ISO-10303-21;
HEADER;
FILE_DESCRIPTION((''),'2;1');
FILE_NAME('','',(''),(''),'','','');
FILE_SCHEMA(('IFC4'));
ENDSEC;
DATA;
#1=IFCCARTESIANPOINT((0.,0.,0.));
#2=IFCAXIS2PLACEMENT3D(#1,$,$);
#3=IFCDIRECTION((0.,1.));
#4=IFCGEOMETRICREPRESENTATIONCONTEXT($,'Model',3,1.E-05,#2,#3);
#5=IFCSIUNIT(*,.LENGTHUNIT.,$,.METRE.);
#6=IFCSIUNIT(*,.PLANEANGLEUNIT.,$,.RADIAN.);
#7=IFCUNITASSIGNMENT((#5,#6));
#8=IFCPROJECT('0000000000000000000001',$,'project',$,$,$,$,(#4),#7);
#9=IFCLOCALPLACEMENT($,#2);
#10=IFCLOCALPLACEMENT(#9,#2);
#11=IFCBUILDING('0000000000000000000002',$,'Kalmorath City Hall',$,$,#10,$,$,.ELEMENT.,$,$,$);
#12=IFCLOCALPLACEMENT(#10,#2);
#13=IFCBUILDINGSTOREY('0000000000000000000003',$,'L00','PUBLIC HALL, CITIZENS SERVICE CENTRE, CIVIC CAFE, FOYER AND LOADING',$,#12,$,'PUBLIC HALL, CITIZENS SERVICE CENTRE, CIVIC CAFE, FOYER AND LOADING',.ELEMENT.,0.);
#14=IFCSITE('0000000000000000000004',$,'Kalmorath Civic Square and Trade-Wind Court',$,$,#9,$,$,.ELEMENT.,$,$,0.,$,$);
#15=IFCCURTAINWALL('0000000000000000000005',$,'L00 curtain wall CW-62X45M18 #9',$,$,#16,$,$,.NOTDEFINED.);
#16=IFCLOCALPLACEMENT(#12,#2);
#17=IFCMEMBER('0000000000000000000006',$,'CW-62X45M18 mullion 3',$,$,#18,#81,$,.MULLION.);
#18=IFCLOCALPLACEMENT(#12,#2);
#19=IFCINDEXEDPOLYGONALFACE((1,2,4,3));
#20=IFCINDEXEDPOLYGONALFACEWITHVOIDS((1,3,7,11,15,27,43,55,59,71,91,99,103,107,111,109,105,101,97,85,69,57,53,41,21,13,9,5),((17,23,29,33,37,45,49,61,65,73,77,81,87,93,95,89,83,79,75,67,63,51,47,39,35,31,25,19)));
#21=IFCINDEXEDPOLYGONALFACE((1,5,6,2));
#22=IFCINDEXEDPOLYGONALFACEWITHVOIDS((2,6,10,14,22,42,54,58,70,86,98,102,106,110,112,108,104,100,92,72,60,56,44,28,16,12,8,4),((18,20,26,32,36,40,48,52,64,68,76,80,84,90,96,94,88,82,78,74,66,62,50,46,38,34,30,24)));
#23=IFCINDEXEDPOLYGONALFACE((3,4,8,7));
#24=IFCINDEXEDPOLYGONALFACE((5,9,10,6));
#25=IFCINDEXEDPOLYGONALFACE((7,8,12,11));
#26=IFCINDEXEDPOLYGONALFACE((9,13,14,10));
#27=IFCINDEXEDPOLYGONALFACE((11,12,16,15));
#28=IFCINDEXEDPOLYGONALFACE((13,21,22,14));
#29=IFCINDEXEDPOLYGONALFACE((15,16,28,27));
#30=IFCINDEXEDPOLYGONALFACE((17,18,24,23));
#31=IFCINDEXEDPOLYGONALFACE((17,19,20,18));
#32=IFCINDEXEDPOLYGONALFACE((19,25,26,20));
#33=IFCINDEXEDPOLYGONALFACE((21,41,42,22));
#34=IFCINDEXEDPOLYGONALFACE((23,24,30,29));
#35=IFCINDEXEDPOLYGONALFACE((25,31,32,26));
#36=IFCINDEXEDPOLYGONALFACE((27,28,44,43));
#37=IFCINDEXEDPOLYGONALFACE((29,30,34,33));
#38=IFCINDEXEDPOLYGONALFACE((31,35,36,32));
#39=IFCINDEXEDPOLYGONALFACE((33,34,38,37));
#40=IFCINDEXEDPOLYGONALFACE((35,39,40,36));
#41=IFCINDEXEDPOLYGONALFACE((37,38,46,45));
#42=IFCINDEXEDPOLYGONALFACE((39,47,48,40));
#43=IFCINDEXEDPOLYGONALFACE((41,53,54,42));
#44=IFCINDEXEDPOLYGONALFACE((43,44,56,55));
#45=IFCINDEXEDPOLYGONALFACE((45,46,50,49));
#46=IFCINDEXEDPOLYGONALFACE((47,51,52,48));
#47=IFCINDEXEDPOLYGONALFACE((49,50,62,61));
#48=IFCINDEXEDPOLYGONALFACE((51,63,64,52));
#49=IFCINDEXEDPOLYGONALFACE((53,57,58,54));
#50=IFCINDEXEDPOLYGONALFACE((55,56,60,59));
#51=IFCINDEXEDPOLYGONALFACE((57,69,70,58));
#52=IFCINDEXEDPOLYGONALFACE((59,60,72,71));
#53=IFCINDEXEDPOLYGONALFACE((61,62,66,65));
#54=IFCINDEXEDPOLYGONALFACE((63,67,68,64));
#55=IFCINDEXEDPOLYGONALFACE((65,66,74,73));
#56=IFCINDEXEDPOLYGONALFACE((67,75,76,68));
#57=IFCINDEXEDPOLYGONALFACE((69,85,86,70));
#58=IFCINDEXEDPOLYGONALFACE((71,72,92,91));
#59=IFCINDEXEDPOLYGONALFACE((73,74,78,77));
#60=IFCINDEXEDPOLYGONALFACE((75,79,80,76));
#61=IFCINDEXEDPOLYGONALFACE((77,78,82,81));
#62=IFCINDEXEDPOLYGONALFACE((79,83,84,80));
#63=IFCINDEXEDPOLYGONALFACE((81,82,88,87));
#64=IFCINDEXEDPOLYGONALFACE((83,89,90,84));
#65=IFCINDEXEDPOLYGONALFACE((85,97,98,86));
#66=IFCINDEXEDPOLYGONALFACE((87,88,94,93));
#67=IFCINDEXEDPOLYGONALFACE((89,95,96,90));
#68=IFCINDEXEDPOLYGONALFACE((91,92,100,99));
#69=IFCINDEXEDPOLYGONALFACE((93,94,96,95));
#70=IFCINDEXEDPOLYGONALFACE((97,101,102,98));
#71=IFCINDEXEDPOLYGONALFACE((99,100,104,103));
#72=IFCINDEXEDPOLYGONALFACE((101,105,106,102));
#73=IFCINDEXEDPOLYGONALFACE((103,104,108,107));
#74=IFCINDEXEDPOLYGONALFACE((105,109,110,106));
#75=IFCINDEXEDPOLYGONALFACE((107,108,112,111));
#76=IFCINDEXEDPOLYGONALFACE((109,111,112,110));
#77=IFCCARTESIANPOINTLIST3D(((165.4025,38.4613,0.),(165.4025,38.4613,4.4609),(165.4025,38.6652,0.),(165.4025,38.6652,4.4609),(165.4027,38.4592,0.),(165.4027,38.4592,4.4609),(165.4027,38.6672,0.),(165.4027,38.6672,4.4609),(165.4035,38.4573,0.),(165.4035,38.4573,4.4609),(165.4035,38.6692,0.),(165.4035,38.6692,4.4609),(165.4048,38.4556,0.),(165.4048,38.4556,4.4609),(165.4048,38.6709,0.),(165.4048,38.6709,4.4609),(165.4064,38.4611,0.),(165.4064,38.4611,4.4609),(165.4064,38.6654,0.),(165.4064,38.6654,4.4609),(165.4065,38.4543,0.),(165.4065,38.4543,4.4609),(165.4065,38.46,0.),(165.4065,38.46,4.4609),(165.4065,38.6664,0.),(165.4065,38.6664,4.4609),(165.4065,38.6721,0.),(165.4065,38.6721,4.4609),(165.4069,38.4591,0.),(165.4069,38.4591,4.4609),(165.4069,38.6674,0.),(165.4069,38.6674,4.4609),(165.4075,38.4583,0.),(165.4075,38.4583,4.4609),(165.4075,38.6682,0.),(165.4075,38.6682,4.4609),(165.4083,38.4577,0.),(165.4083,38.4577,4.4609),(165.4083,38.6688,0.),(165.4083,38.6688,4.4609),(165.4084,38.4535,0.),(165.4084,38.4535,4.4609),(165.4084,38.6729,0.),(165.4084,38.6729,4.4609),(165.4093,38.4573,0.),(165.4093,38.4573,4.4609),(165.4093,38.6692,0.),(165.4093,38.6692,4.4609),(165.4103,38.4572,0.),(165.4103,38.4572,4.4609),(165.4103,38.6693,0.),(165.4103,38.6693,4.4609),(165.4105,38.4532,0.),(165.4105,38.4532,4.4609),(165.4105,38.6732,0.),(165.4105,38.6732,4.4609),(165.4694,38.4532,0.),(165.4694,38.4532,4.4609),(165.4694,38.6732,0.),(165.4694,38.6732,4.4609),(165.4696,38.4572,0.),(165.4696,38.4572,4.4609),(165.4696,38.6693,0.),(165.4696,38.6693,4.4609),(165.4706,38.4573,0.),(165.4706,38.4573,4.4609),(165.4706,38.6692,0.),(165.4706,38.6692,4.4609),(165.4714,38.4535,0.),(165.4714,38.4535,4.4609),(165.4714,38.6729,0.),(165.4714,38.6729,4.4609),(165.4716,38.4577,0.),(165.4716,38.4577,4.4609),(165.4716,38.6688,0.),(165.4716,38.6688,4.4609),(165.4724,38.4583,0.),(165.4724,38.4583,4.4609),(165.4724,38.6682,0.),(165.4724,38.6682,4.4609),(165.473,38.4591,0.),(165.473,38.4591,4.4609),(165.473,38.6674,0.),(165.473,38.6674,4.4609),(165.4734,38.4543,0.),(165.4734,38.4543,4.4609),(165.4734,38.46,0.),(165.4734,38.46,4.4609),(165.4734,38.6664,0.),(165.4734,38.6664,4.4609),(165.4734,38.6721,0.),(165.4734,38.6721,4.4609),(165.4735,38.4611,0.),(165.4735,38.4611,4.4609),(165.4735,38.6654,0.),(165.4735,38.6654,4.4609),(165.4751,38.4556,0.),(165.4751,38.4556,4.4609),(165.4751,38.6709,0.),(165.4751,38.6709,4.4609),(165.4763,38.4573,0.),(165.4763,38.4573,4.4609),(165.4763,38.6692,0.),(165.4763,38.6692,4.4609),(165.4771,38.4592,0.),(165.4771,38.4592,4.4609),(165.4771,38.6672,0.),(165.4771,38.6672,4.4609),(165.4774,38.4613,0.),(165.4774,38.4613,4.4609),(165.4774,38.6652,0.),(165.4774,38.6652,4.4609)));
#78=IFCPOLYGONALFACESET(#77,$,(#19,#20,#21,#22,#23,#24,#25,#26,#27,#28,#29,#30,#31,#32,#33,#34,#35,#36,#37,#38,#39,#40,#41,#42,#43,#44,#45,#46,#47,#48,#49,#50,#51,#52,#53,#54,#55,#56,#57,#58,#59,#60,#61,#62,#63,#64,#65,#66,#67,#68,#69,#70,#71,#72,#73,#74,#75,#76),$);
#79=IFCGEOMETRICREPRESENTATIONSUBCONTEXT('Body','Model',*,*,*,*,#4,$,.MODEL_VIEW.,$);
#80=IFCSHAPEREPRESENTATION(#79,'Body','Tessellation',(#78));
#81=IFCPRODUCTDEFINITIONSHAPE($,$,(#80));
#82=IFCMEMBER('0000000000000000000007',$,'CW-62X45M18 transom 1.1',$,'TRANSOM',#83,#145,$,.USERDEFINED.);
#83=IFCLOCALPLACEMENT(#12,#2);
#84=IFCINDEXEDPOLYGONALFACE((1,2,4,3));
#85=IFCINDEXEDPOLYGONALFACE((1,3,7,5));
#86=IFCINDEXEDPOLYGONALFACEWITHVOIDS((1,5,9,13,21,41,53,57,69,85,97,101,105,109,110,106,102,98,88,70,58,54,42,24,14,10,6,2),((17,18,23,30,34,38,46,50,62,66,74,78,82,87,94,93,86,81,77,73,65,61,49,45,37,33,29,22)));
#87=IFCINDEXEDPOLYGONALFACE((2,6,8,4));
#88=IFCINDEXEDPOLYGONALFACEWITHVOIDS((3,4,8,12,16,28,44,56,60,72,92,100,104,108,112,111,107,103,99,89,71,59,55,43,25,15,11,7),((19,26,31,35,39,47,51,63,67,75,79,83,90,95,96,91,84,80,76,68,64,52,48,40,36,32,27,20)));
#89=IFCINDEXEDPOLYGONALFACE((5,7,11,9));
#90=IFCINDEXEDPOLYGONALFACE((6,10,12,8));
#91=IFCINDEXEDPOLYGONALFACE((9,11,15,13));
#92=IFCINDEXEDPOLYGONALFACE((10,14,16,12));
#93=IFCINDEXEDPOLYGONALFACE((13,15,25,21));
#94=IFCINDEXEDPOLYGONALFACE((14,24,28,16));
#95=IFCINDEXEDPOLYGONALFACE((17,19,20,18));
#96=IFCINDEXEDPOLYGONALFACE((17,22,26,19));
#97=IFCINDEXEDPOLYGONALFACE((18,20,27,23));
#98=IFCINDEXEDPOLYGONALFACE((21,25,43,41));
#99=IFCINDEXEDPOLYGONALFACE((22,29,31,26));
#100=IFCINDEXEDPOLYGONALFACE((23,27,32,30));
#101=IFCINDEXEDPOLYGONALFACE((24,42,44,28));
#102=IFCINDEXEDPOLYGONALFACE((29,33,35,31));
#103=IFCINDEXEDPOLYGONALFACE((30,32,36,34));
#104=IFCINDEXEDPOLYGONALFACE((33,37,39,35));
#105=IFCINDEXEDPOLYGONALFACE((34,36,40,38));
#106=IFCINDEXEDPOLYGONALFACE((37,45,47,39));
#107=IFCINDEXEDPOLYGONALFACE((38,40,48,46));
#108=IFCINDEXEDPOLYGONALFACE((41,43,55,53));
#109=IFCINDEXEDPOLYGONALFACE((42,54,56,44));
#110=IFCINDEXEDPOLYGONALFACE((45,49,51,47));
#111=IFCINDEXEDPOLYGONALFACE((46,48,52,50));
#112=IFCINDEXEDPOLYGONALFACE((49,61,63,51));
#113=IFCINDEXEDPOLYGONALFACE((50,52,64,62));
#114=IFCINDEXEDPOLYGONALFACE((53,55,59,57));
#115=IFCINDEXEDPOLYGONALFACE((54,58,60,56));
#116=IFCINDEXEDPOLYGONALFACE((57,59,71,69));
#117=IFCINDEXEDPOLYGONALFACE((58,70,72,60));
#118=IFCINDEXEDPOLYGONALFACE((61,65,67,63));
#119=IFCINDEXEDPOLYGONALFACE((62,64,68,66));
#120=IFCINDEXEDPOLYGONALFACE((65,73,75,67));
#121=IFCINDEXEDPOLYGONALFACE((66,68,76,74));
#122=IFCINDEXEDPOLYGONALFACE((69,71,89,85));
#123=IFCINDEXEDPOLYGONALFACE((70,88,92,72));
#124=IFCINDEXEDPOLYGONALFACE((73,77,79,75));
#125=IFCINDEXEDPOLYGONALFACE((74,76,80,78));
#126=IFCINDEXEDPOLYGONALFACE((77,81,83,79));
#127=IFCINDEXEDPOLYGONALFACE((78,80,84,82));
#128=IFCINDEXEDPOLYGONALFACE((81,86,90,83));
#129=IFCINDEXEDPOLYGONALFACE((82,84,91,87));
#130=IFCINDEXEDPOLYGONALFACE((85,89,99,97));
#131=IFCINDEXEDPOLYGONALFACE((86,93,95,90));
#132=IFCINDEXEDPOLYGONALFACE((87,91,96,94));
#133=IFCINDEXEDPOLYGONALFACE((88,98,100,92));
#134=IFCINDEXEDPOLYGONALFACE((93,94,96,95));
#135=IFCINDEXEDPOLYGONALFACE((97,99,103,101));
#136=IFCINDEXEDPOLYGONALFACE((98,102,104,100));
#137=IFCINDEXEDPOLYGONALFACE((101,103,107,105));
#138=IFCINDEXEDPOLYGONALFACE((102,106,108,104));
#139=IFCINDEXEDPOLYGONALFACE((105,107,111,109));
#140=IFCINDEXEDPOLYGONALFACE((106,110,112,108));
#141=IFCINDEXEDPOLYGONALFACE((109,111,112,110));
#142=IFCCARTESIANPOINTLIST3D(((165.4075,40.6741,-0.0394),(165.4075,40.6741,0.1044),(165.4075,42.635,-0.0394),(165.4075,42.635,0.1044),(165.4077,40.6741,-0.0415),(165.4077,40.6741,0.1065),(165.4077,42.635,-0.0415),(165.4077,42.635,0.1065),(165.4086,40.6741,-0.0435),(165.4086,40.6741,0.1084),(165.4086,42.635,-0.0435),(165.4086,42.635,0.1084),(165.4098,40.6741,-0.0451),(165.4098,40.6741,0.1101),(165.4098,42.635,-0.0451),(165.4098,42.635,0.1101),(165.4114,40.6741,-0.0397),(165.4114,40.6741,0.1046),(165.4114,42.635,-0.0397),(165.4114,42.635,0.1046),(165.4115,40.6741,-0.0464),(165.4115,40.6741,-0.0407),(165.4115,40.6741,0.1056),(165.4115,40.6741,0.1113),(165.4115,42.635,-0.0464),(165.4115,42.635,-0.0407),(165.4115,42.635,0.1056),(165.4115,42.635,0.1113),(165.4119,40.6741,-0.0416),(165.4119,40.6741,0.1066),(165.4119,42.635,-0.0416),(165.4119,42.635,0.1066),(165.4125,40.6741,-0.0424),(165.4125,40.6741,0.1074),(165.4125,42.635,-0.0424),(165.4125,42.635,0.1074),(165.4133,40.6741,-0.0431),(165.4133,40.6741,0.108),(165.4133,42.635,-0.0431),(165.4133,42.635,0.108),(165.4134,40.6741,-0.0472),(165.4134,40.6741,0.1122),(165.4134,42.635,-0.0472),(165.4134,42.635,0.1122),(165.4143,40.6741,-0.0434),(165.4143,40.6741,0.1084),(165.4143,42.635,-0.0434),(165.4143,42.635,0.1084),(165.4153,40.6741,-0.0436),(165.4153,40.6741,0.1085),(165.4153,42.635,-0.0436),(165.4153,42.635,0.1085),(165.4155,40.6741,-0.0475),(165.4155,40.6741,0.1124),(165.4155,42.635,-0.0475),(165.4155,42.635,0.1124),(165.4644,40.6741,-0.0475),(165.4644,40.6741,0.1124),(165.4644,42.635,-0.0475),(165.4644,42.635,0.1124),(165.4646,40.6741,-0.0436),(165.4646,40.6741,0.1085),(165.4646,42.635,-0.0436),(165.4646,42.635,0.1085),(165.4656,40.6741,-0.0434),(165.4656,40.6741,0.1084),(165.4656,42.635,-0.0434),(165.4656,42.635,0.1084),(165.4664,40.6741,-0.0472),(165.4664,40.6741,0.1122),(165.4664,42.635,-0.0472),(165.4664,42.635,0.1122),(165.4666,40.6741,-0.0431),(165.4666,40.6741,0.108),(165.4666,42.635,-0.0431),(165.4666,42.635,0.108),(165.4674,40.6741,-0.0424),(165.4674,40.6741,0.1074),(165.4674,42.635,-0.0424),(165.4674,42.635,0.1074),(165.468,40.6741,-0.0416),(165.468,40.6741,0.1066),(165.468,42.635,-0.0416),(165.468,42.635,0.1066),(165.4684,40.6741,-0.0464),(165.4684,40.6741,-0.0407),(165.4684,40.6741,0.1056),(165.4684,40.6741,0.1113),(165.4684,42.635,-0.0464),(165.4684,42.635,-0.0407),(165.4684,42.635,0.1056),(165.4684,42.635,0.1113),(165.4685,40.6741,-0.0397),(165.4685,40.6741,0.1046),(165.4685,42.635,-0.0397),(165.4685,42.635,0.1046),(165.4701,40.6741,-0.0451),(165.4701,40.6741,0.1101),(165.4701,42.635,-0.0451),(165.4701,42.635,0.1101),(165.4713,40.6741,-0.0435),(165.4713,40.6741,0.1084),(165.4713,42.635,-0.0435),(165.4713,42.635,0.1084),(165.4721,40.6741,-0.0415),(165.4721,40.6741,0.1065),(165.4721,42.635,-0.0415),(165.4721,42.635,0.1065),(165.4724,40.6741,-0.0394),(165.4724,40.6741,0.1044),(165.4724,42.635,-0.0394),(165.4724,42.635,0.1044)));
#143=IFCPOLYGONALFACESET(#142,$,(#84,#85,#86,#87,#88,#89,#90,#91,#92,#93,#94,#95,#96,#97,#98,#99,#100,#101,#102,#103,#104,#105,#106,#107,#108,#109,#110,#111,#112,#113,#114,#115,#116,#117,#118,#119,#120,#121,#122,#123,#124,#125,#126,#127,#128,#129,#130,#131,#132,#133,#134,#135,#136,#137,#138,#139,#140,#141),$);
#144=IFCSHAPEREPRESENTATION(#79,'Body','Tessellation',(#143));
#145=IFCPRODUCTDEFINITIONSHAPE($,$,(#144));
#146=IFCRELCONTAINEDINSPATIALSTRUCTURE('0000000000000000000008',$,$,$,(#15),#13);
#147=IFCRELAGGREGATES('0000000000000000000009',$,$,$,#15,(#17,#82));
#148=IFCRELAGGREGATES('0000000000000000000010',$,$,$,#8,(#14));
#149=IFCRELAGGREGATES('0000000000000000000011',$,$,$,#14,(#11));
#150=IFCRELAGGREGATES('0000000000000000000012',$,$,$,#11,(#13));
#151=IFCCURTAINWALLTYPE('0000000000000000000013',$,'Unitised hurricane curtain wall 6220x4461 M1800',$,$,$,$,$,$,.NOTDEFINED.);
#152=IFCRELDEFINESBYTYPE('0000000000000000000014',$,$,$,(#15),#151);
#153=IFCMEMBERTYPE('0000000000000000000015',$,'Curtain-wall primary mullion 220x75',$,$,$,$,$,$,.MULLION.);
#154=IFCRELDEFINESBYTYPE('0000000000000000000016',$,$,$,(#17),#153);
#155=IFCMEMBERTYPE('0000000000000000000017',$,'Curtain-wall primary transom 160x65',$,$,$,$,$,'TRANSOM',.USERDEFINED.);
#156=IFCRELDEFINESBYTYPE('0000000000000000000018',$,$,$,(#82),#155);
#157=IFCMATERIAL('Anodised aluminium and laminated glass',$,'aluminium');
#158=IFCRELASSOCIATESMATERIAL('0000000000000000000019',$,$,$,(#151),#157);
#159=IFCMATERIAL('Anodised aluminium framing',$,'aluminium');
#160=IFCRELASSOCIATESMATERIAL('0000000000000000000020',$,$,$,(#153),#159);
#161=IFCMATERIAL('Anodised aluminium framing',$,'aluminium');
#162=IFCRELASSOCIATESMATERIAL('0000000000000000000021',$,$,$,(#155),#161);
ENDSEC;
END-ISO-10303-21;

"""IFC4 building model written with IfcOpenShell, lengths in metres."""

from ifc_helpers import new_model, si_unit, direction, frame, origin, origin_2d, place, context, subcontext, project, spatial, hollow_rectangle, extrude, material, material_profile, profile_set, type_object, element, aggregate, save


model = new_model("IFC4")

# Units and contexts
model_context = context("Model", 3, precision=1e-05, world=origin(), true_north=direction((0.0, 1.0)))
body_context = subcontext(model_context, "Body", "Model", "MODEL_VIEW")
ifc_project = project(units=[si_unit("LENGTHUNIT", "METRE"), si_unit("PLANEANGLEUNIT", "RADIAN")], contexts=[model_context])

# Site, building, storey
site_placement = place(None, origin())
site = spatial("IfcSite", under=ifc_project, at=site_placement, Name="Kalmorath Civic Square and Trade-Wind Court", CompositionType="ELEMENT", RefElevation=0.0)
building_placement = place(site_placement, origin())
building = spatial("IfcBuilding", under=site, at=building_placement, Name="Kalmorath City Hall", CompositionType="ELEMENT")
storey_placement = place(building_placement, origin())
storey = spatial("IfcBuildingStorey", under=building, at=storey_placement, Name="L00", Description="PUBLIC HALL, CITIZENS SERVICE CENTRE, CIVIC CAFE, FOYER AND LOADING", LongName="PUBLIC HALL, CITIZENS SERVICE CENTRE, CIVIC CAFE, FOYER AND LOADING", CompositionType="ELEMENT", Elevation=0.0)

# Curtain wall, members
ifc_material_1 = material(Name="Anodised aluminium and laminated glass", Category="aluminium")
curtain_wall_type = type_object("IfcCurtainWallType", Name="Unitised hurricane curtain wall 6220x4461 M1800", PredefinedType="NOTDEFINED", material=ifc_material_1)
curtain_wall_placement = place(storey_placement, origin())
curtain_wall = element("IfcCurtainWall", 1, at=curtain_wall_placement, inside=storey, type_object=curtain_wall_type, Name="L00 curtain wall CW-62X45M18 #9", PredefinedType="NOTDEFINED")
ifc_material_2 = material(Name="Anodised aluminium framing", Category="aluminium")
ifc_material_profile_1 = material_profile(ifc_material_2, hollow_rectangle(XDim=0.075, YDim=0.22, WallThickness=0.0039, InnerFilletRadius=0.0039, OuterFilletRadius=0.0081, at=origin_2d()), Name="ALU-MUL-220X75X4")
ifc_profile_set_1 = profile_set([ifc_material_profile_1], Name="Anodised aluminium framing")
member_type_1 = type_object("IfcMemberType", Name="Curtain-wall primary mullion 220x75", PredefinedType="MULLION", material=ifc_profile_set_1)
member_1_placement = place(storey_placement, frame((165.4399, 38.5632, 0.0), z_axis=(0.0, 0.0, 1.0), x_axis=(1.0, 0.0, 0.0)))
member_1 = element("IfcMember", 2, at=member_1_placement, type_object=member_type_1, Name="CW-62X45M18 mullion 3", PredefinedType="MULLION", context=body_context, shape_type="SweptSolid", body=[
    extrude(hollow_rectangle(XDim=0.075, YDim=0.22, WallThickness=0.0039, InnerFilletRadius=0.0039, OuterFilletRadius=0.0081, at=origin_2d()), origin(), (0.0, 0.0, 1.0), 4.4609),
])
ifc_material_3 = material(Name="Anodised aluminium framing", Category="aluminium")
ifc_material_profile_2 = material_profile(ifc_material_3, hollow_rectangle(XDim=0.0649, YDim=0.1599, WallThickness=0.0039, InnerFilletRadius=0.0039, OuterFilletRadius=0.0081, at=origin_2d()), Name="ALU-TRN-160X65X4")
ifc_profile_set_2 = profile_set([ifc_material_profile_2], Name="Anodised aluminium framing")
member_type_2 = type_object("IfcMemberType", Name="Curtain-wall primary transom 160x65", ElementType="TRANSOM", PredefinedType="USERDEFINED", material=ifc_profile_set_2)
member_2_placement = place(storey_placement, frame((165.4399, 42.635, 0.0325), z_axis=(0.0, -1.0, 0.0), x_axis=(1.0, 0.0, 0.0)))
member_2 = element("IfcMember", 3, at=member_2_placement, type_object=member_type_2, Name="CW-62X45M18 transom 1.1", ObjectType="TRANSOM", PredefinedType="USERDEFINED", context=body_context, shape_type="SweptSolid", body=[
    extrude(hollow_rectangle(XDim=0.0649, YDim=0.1599, WallThickness=0.0039, InnerFilletRadius=0.0039, OuterFilletRadius=0.0081, at=origin_2d()), origin(), (0.0, 0.0, 1.0), 1.9609),
])
aggregate(curtain_wall, [member_1, member_2])

save(model, "model.ifc")
